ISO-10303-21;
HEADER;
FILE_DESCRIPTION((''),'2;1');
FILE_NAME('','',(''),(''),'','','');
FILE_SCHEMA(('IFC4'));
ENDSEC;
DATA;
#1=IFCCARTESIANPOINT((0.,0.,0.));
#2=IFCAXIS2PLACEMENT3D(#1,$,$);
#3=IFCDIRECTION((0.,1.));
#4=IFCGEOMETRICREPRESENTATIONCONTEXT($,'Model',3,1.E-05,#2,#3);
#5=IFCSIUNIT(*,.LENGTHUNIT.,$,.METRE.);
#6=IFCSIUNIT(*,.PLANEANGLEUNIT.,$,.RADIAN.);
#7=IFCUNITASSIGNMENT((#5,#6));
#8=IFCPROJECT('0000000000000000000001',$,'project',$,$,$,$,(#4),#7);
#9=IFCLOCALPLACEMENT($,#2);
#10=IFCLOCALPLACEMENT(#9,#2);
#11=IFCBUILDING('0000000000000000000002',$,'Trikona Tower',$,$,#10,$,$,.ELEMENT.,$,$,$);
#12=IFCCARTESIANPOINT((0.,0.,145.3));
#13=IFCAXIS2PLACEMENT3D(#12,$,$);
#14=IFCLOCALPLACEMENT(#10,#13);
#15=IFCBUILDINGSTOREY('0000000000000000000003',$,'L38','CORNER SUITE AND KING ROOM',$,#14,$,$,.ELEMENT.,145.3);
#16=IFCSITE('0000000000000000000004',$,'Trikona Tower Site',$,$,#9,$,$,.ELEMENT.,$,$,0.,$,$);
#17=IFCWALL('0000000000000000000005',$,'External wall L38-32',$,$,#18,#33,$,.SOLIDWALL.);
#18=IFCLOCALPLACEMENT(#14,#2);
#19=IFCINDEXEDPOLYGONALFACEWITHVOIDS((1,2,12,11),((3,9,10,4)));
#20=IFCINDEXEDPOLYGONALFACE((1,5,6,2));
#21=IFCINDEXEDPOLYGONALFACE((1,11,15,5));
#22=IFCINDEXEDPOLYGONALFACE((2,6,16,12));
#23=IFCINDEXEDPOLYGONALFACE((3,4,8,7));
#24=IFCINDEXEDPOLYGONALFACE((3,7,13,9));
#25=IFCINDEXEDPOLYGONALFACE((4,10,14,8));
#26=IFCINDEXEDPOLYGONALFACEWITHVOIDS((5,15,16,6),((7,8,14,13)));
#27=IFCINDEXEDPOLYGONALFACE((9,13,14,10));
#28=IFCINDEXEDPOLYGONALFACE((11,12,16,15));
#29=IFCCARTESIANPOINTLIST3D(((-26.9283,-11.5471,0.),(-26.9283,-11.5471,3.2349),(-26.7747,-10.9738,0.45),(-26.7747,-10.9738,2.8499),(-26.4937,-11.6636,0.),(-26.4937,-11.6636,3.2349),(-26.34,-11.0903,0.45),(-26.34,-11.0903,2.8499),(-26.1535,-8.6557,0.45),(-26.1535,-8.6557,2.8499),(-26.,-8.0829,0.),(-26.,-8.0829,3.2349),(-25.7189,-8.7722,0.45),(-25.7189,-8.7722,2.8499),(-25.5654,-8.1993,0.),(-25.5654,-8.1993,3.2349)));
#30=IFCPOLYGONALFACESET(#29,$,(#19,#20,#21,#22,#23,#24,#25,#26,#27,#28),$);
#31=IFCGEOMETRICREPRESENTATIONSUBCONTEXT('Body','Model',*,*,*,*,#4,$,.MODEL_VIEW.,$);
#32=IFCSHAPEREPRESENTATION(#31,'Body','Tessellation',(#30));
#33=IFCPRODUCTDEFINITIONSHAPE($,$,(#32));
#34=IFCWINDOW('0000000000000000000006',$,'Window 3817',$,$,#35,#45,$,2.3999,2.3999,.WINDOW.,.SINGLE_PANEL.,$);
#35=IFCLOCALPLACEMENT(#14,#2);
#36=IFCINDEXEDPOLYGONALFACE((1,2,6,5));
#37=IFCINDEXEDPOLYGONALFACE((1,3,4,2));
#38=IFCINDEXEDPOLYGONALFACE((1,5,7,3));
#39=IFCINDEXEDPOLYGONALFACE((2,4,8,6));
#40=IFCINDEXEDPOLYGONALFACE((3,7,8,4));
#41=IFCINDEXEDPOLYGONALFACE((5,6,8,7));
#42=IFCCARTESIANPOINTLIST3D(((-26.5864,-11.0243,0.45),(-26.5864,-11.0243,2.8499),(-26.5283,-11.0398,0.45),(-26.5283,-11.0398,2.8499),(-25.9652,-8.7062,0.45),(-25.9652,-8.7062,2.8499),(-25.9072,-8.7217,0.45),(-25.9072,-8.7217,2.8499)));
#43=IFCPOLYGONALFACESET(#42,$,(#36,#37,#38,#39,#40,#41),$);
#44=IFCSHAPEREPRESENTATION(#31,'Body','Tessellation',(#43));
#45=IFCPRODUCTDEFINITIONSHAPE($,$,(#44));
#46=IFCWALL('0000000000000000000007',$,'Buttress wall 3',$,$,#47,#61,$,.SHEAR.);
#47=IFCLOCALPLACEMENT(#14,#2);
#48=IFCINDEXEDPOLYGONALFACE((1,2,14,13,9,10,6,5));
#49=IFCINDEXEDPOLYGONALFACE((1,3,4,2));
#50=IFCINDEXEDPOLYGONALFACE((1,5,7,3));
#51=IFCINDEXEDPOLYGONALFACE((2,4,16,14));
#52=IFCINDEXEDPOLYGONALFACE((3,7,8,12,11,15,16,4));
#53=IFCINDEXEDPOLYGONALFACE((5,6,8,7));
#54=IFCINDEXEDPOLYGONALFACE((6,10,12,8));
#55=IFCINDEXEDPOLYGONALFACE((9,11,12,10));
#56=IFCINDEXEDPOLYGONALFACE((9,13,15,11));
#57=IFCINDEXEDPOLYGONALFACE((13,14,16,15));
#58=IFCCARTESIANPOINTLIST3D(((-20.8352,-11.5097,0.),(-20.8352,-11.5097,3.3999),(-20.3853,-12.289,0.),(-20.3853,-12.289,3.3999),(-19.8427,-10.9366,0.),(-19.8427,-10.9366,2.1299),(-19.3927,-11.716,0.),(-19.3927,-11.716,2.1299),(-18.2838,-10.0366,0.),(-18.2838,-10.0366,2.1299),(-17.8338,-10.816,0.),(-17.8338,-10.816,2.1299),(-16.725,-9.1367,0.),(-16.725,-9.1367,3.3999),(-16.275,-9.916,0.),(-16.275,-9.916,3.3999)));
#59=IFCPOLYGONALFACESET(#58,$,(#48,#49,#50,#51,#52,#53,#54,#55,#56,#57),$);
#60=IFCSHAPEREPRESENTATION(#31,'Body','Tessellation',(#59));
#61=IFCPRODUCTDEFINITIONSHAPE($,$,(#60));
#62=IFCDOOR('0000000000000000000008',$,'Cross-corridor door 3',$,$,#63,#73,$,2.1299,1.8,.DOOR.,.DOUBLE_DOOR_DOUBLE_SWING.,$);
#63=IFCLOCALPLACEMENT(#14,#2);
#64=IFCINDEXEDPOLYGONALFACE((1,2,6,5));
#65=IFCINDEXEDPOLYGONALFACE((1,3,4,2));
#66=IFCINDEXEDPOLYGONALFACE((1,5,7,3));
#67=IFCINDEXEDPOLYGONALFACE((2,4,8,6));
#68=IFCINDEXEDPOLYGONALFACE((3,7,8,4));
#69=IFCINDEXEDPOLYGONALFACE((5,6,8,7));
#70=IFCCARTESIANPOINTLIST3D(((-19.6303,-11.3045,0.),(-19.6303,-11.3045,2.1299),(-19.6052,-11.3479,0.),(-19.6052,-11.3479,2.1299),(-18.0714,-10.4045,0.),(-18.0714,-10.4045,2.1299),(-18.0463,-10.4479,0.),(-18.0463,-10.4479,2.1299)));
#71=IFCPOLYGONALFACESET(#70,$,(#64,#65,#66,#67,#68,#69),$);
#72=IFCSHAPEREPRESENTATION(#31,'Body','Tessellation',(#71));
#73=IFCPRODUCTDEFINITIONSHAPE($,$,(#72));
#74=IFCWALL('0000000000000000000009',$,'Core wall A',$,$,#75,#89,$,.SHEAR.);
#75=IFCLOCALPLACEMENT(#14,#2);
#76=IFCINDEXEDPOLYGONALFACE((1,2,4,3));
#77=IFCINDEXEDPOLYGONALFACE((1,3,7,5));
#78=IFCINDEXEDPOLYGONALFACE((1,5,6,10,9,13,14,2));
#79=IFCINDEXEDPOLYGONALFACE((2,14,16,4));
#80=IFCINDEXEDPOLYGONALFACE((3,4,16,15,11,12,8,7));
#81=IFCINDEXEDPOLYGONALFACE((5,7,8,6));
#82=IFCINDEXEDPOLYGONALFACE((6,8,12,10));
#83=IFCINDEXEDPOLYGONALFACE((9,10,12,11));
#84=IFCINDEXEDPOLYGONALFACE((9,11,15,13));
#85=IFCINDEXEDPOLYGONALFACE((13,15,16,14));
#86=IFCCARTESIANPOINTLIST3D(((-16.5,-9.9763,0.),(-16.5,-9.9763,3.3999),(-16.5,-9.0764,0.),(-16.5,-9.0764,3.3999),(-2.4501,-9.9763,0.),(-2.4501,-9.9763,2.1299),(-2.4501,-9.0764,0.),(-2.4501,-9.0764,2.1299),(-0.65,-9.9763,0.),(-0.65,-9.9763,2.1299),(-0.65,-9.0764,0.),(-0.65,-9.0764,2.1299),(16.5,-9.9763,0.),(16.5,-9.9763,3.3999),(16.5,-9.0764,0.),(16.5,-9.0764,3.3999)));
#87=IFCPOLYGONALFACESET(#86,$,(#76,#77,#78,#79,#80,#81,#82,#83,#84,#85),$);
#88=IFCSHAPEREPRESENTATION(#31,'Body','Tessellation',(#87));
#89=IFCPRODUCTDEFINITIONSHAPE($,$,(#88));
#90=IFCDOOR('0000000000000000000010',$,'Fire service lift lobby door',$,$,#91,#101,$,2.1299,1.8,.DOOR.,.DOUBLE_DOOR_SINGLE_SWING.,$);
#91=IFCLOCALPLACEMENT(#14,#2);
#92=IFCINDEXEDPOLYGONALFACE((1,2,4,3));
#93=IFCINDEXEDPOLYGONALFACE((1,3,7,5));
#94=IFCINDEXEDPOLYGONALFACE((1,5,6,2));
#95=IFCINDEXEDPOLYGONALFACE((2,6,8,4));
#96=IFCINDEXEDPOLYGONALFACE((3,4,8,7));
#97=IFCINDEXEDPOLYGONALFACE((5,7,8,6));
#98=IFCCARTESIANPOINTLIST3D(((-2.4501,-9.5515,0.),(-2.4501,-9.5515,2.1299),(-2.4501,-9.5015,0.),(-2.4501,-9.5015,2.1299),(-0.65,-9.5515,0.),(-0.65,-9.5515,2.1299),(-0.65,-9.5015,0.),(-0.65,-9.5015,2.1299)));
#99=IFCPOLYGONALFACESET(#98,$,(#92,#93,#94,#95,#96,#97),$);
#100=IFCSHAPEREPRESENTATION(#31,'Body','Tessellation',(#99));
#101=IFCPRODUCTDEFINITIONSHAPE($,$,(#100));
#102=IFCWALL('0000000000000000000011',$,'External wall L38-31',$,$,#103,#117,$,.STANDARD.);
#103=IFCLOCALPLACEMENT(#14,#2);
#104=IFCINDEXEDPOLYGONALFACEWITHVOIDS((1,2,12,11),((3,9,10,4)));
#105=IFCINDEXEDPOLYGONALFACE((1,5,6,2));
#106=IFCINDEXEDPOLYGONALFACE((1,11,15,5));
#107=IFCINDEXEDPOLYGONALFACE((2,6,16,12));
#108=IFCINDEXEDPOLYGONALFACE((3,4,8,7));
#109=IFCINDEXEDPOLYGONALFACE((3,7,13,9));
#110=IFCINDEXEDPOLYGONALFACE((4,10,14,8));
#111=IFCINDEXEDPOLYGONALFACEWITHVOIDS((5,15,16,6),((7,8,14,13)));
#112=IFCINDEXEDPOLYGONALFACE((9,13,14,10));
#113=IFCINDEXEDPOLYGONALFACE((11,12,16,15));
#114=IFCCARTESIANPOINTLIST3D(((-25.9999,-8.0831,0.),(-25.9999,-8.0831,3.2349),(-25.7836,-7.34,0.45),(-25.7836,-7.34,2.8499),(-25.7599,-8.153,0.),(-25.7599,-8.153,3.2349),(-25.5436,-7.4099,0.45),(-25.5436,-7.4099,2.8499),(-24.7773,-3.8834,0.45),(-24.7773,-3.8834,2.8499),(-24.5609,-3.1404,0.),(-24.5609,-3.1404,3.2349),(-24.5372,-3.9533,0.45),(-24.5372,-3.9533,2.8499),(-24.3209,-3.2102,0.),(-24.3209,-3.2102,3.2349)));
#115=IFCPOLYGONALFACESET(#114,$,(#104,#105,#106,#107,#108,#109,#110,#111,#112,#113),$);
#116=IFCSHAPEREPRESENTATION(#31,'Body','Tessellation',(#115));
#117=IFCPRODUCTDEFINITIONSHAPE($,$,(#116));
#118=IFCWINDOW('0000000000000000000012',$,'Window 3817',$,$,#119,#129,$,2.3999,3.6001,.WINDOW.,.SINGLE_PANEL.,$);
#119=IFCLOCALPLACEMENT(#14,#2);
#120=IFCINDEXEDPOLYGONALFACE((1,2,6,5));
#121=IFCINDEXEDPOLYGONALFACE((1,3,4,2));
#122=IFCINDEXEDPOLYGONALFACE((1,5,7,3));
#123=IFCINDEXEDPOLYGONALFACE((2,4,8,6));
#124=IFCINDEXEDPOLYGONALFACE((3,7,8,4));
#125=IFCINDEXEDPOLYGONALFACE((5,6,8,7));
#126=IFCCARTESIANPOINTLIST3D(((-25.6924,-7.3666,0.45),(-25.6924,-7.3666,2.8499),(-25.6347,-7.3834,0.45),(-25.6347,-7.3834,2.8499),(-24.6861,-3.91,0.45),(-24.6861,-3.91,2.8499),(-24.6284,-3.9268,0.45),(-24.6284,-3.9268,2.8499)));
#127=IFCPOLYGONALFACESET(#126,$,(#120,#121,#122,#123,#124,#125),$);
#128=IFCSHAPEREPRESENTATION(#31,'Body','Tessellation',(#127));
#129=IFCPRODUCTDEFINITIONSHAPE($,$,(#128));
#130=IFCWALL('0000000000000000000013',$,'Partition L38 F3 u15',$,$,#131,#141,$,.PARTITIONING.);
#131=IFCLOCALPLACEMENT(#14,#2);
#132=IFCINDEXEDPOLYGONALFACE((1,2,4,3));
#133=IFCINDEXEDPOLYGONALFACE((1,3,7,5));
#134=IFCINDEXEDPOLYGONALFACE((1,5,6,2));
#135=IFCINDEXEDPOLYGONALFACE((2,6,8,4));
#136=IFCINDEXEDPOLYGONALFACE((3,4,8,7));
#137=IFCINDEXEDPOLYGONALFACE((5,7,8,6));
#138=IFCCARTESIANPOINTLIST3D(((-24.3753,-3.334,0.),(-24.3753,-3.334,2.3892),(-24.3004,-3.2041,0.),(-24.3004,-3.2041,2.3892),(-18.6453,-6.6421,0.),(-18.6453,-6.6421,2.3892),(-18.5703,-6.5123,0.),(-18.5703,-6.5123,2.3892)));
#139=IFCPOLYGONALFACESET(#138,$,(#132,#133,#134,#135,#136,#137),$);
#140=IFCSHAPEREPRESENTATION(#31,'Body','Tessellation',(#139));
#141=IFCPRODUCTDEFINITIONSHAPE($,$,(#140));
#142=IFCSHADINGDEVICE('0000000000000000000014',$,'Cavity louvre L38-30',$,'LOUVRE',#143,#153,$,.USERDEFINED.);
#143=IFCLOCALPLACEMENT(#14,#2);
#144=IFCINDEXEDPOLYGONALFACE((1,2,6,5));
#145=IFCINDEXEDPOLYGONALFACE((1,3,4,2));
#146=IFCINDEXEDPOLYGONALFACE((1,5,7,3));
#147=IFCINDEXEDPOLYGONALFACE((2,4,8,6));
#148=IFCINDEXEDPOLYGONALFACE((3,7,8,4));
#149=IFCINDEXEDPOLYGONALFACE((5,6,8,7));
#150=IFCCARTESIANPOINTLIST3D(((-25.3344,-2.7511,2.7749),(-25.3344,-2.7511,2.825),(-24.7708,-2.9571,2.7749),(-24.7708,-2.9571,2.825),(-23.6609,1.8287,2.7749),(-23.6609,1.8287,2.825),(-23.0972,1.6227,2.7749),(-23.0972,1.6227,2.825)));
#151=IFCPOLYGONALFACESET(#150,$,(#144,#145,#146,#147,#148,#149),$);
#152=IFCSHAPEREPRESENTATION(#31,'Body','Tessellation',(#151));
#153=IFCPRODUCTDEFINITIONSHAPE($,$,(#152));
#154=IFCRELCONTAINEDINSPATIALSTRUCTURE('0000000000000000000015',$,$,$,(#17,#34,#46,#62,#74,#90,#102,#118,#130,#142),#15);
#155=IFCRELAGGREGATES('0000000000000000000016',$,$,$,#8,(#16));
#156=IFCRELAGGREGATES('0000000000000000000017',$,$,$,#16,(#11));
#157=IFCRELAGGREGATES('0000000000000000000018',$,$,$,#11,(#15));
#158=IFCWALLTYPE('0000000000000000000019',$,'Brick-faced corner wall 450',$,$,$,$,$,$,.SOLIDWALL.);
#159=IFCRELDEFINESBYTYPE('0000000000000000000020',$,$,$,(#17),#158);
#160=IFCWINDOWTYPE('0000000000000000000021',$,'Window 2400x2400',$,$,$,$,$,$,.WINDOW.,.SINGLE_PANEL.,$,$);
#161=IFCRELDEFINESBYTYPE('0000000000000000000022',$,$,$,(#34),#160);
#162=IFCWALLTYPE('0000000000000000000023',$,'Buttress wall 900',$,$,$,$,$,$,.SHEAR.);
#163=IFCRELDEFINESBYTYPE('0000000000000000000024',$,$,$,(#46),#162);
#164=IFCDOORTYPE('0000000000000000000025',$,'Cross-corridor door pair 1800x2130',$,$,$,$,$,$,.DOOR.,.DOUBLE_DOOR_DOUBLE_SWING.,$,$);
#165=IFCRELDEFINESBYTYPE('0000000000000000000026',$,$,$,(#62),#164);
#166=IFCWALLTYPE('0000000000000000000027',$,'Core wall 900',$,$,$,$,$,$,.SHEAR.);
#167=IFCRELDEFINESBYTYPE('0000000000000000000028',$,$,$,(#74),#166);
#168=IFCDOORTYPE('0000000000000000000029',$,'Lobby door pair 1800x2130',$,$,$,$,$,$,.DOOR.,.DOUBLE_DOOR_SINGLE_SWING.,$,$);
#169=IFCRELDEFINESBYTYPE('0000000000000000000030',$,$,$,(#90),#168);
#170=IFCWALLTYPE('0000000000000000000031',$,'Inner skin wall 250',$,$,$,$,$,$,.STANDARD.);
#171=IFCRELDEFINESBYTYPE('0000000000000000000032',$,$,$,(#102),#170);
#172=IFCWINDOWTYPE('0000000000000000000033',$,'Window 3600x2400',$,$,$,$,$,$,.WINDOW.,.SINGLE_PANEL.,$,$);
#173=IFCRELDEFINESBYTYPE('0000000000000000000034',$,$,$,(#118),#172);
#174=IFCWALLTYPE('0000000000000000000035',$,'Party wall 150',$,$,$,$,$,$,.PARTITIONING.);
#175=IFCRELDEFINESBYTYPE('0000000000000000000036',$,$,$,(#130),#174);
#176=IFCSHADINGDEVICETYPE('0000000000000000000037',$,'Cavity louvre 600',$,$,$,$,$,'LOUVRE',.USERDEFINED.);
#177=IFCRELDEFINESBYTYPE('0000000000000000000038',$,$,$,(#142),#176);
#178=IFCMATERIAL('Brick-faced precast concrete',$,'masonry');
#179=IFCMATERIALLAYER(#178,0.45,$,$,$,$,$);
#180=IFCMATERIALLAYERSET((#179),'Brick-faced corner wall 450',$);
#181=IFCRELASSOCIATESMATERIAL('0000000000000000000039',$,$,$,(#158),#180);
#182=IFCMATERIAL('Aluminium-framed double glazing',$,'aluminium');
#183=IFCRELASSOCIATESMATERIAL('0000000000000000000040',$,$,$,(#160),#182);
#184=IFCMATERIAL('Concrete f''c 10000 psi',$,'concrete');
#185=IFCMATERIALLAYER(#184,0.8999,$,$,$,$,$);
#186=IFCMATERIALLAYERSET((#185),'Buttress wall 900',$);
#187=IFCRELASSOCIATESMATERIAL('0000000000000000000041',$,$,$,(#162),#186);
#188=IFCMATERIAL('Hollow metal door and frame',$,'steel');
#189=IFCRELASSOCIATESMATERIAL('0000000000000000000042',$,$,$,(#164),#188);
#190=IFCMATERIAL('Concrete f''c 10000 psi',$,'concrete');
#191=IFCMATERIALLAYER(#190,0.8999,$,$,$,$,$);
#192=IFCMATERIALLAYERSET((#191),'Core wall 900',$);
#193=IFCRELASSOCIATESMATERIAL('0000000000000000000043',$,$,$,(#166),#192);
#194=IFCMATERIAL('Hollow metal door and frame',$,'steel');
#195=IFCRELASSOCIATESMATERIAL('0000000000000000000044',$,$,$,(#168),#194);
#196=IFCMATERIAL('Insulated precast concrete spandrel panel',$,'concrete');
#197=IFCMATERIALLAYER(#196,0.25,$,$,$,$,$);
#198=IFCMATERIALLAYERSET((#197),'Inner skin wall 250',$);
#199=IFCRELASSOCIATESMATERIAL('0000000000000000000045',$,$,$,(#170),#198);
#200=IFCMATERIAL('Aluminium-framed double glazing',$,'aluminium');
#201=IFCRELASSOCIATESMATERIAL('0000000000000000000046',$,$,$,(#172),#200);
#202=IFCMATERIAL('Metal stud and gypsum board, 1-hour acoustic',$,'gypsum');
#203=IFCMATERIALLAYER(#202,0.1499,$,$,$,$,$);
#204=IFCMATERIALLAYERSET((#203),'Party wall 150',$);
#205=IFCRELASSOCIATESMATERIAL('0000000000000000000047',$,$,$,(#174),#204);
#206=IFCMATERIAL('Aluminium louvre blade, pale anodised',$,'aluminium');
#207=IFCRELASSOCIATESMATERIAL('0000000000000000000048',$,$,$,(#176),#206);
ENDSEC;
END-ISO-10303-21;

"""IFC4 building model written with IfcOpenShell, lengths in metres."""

from ifc_helpers import new_model, si_unit, direction, frame, frame_2d, origin, origin_2d, place, context, subcontext, project, spatial, rectangle, extrude, material, layer, layer_set, type_object, element, fill, save


model = new_model("IFC4")

# Units and contexts
model_context = context("Model", 3, precision=1e-05, world=origin(), true_north=direction((0.0, 1.0)))
body_context = subcontext(model_context, "Body", "Model", "MODEL_VIEW")
ifc_project = project(units=[si_unit("LENGTHUNIT", "METRE"), si_unit("PLANEANGLEUNIT", "RADIAN")], contexts=[model_context])

# Site, building, storey
site_placement = place(None, origin())
site = spatial("IfcSite", under=ifc_project, at=site_placement, Name="Trikona Tower Site", CompositionType="ELEMENT", RefElevation=0.0)
building_placement = place(site_placement, origin())
building = spatial("IfcBuilding", under=site, at=building_placement, Name="Trikona Tower", CompositionType="ELEMENT")
storey_placement = place(building_placement, frame((0.0, 0.0, 145.3)))
storey = spatial("IfcBuildingStorey", under=building, at=storey_placement, Name="L38", Description="CORNER SUITE AND KING ROOM", CompositionType="ELEMENT", Elevation=145.3)

# Wall, opening, window
ifc_material_1 = material(Name="Brick-faced precast concrete", Category="masonry")
ifc_layer_1 = layer(ifc_material_1, 0.45)
ifc_layer_set_1 = layer_set([ifc_layer_1], Name="Brick-faced corner wall 450")
wall_type_1 = type_object("IfcWallType", Name="Brick-faced corner wall 450", PredefinedType="SOLIDWALL", material=ifc_layer_set_1)
wall_1_placement = place(storey_placement, frame((-25.7827, -8.1411, 0.0), z_axis=(0.0, 0.0, 1.0), x_axis=(-0.258823, -0.965925, 0.0)))
wall_1 = element("IfcWall", 1, at=wall_1_placement, inside=storey, type_object=wall_type_1, Name="External wall L38-32", PredefinedType="SOLIDWALL", context=body_context, shape_type="SweptSolid", body=[
    extrude(rectangle(XDim=3.5864, YDim=0.45, at=frame_2d((1.7932, 0.0))), origin(), (0.0, 0.0, 1.0), 3.2349),
])
opening_1_placement = place(wall_1_placement, frame((0.593, 0.0, 0.45)))
opening_1 = element("IfcOpeningElement", 2, at=opening_1_placement, cuts=wall_1, PredefinedType="OPENING", context=body_context, shape_type="SweptSolid", body=[
    extrude(rectangle(XDim=2.3999, YDim=2.3999, at=frame_2d((1.2, 1.2))), frame((0.0, 0.2349, 0.0), z_axis=(0.0, -1.0, 0.0), x_axis=(1.0, 0.0, 0.0)), (0.0, 0.0, 1.0), 0.47),
])
ifc_material_2 = material(Name="Aluminium-framed double glazing", Category="aluminium")
window_type_1 = type_object("IfcWindowType", Name="Window 2400x2400", PartitioningType="SINGLE_PANEL", PredefinedType="WINDOW", material=ifc_material_2)
window_1_placement = place(opening_1_placement, origin())
window_1 = element("IfcWindow", 3, at=window_1_placement, inside=storey, type_object=window_type_1, Name="Window 3817", OverallHeight=2.3999, OverallWidth=2.3999, PartitioningType="SINGLE_PANEL", PredefinedType="WINDOW", context=body_context, shape_type="SweptSolid", body=[
    extrude(rectangle(XDim=2.3999, YDim=2.3999, at=frame_2d((1.2, 1.2))), frame((0.0, 0.03, 0.0), z_axis=(0.0, -1.0, 0.0), x_axis=(1.0, 0.0, 0.0)), (0.0, 0.0, 1.0), 0.0601),
])
fill(opening_1, window_1)

# Walls, openings, doors
ifc_material_3 = material(Name="Concrete f'c 10000 psi", Category="concrete")
ifc_layer_2 = layer(ifc_material_3, 0.8999)
ifc_layer_set_2 = layer_set([ifc_layer_2], Name="Buttress wall 900")
wall_type_2 = type_object("IfcWallType", Name="Buttress wall 900", PredefinedType="SHEAR", material=ifc_layer_set_2)
wall_2_placement = place(storey_placement, frame((-16.5, -9.5264, 0.0), z_axis=(0.0, 0.0, 1.0), x_axis=(-0.866031, -0.49999, 0.0)))
wall_2 = element("IfcWall", 4, at=wall_2_placement, inside=storey, type_object=wall_type_2, Name="Buttress wall 3", PredefinedType="SHEAR", context=body_context, shape_type="SweptSolid", body=[
    extrude(rectangle(XDim=4.7461, YDim=0.8999, at=frame_2d((2.373, 0.0))), origin(), (0.0, 0.0, 1.0), 3.3999),
])
opening_2_placement = place(wall_2_placement, frame((1.8, 0.0, 0.0)))
opening_2 = element("IfcOpeningElement", 5, at=opening_2_placement, cuts=wall_2, PredefinedType="OPENING", context=body_context, shape_type="SweptSolid", body=[
    extrude(rectangle(XDim=1.8, YDim=2.1299, at=frame_2d((0.8999, 1.0649))), frame((0.0, 0.46, 0.0), z_axis=(0.0, -1.0, 0.0), x_axis=(1.0, 0.0, 0.0)), (0.0, 0.0, 1.0), 0.9199),
])
ifc_material_4 = material(Name="Hollow metal door and frame", Category="steel")
door_type_1 = type_object("IfcDoorType", Name="Cross-corridor door pair 1800x2130", OperationType="DOUBLE_DOOR_DOUBLE_SWING", PredefinedType="DOOR", material=ifc_material_4)
door_1_placement = place(opening_2_placement, origin())
door_1 = element("IfcDoor", 6, at=door_1_placement, inside=storey, type_object=door_type_1, Name="Cross-corridor door 3", OperationType="DOUBLE_DOOR_DOUBLE_SWING", OverallHeight=2.1299, OverallWidth=1.8, PredefinedType="DOOR", context=body_context, shape_type="SweptSolid", body=[
    extrude(rectangle(XDim=1.8, YDim=2.1299, at=frame_2d((0.8999, 1.0649))), frame((0.0, 0.0249, 0.0), z_axis=(0.0, -1.0, 0.0), x_axis=(1.0, 0.0, 0.0)), (0.0, 0.0, 1.0), 0.05),
])
fill(opening_2, door_1)
ifc_material_5 = material(Name="Concrete f'c 10000 psi", Category="concrete")
ifc_layer_3 = layer(ifc_material_5, 0.8999)
ifc_layer_set_3 = layer_set([ifc_layer_3], Name="Core wall 900")
wall_type_3 = type_object("IfcWallType", Name="Core wall 900", PredefinedType="SHEAR", material=ifc_layer_set_3)
wall_3_placement = place(storey_placement, frame((-16.5, -9.5264, 0.0), z_axis=(0.0, 0.0, 1.0), x_axis=(1.0, 0.0, 0.0)))
wall_3 = element("IfcWall", 7, at=wall_3_placement, inside=storey, type_object=wall_type_3, Name="Core wall A", PredefinedType="SHEAR", context=body_context, shape_type="SweptSolid", body=[
    extrude(rectangle(XDim=33.0, YDim=0.8999, at=frame_2d((16.5, 0.0))), origin(), (0.0, 0.0, 1.0), 3.3999),
])
opening_3_placement = place(wall_3_placement, frame((14.05, 0.0, 0.0)))
opening_3 = element("IfcOpeningElement", 8, at=opening_3_placement, cuts=wall_3, PredefinedType="OPENING", context=body_context, shape_type="SweptSolid", body=[
    extrude(rectangle(XDim=1.8, YDim=2.1299, at=frame_2d((0.8999, 1.0649))), frame((0.0, 0.46, 0.0), z_axis=(0.0, -1.0, 0.0), x_axis=(1.0, 0.0, 0.0)), (0.0, 0.0, 1.0), 0.9199),
])
ifc_material_6 = material(Name="Hollow metal door and frame", Category="steel")
door_type_2 = type_object("IfcDoorType", Name="Lobby door pair 1800x2130", OperationType="DOUBLE_DOOR_SINGLE_SWING", PredefinedType="DOOR", material=ifc_material_6)
door_2_placement = place(opening_3_placement, origin())
door_2 = element("IfcDoor", 9, at=door_2_placement, inside=storey, type_object=door_type_2, Name="Fire service lift lobby door", OperationType="DOUBLE_DOOR_SINGLE_SWING", OverallHeight=2.1299, OverallWidth=1.8, PredefinedType="DOOR", context=body_context, shape_type="SweptSolid", body=[
    extrude(rectangle(XDim=1.8, YDim=2.1299, at=frame_2d((0.8999, 1.0649))), frame((0.0, 0.0249, 0.0), z_axis=(0.0, -1.0, 0.0), x_axis=(1.0, 0.0, 0.0)), (0.0, 0.0, 1.0), 0.05),
])
fill(opening_3, door_2)

# Wall, opening, window
ifc_material_7 = material(Name="Insulated precast concrete spandrel panel", Category="concrete")
ifc_layer_4 = layer(ifc_material_7, 0.25)
ifc_layer_set_4 = layer_set([ifc_layer_4], Name="Inner skin wall 250")
wall_type_4 = type_object("IfcWallType", Name="Inner skin wall 250", PredefinedType="STANDARD", material=ifc_layer_set_4)
wall_4_placement = place(storey_placement, frame((-24.4409, -3.1753, 0.0), z_axis=(0.0, 0.0, 1.0), x_axis=(-0.279528, -0.960137, 0.0)))
wall_4 = element("IfcWall", 10, at=wall_4_placement, inside=storey, type_object=wall_type_4, Name="External wall L38-31", PredefinedType="STANDARD", context=body_context, shape_type="SweptSolid", body=[
    extrude(rectangle(XDim=5.1479, YDim=0.25, at=frame_2d((2.574, 0.0))), origin(), (0.0, 0.0, 1.0), 3.2349),
])
opening_4_placement = place(wall_4_placement, frame((0.7739, 0.0, 0.45)))
opening_4 = element("IfcOpeningElement", 11, at=opening_4_placement, cuts=wall_4, PredefinedType="OPENING", context=body_context, shape_type="SweptSolid", body=[
    extrude(rectangle(XDim=3.6001, YDim=2.3999, at=frame_2d((1.8, 1.2))), frame((0.0, 0.135, 0.0), z_axis=(0.0, -1.0, 0.0), x_axis=(1.0, 0.0, 0.0)), (0.0, 0.0, 1.0), 0.27),
])
ifc_material_8 = material(Name="Aluminium-framed double glazing", Category="aluminium")
window_type_2 = type_object("IfcWindowType", Name="Window 3600x2400", PartitioningType="SINGLE_PANEL", PredefinedType="WINDOW", material=ifc_material_8)
window_2_placement = place(opening_4_placement, origin())
window_2 = element("IfcWindow", 12, at=window_2_placement, inside=storey, type_object=window_type_2, Name="Window 3817", OverallHeight=2.3999, OverallWidth=3.6001, PartitioningType="SINGLE_PANEL", PredefinedType="WINDOW", context=body_context, shape_type="SweptSolid", body=[
    extrude(rectangle(XDim=3.6001, YDim=2.3999, at=frame_2d((1.8, 1.2))), frame((0.0, 0.03, 0.0), z_axis=(0.0, -1.0, 0.0), x_axis=(1.0, 0.0, 0.0)), (0.0, 0.0, 1.0), 0.0601),
])
fill(opening_4, window_2)

# Wall
ifc_material_9 = material(Name="Metal stud and gypsum board, 1-hour acoustic", Category="gypsum")
ifc_layer_5 = layer(ifc_material_9, 0.1499)
ifc_layer_set_5 = layer_set([ifc_layer_5], Name="Party wall 150")
wall_type_5 = type_object("IfcWallType", Name="Party wall 150", PredefinedType="PARTITIONING", material=ifc_layer_set_5)
wall_5_placement = place(storey_placement, frame((-18.6079, -6.5771, 0.0), z_axis=(0.0, 0.0, 1.0), x_axis=(-0.866032, 0.499989, 0.0)))
element("IfcWall", 13, at=wall_5_placement, inside=storey, type_object=wall_type_5, Name="Partition L38 F3 u15", PredefinedType="PARTITIONING", context=body_context, shape_type="SweptSolid", body=[
    extrude(rectangle(XDim=6.6165, YDim=0.1499, at=frame_2d((3.3081, 0.0))), origin(), (0.0, 0.0, 1.0), 2.3892),
])

# Shading device
ifc_material_10 = material(Name="Aluminium louvre blade, pale anodised", Category="aluminium")
shading_device_type = type_object("IfcShadingDeviceType", Name="Cavity louvre 600", ElementType="LOUVRE", PredefinedType="USERDEFINED", material=ifc_material_10)
shading_device_1_placement = place(storey_placement, frame((-24.2158, -0.5642, 2.7749), z_axis=(0.0, 0.0, 1.0), x_axis=(-0.34322, -0.939255, 0.0)))
element("IfcShadingDevice", 14, at=shading_device_1_placement, inside=storey, type_object=shading_device_type, Name="Cavity louvre L38-30", ObjectType="LOUVRE", PredefinedType="USERDEFINED", context=body_context, shape_type="SweptSolid", body=[
    extrude(rectangle(XDim=4.876, YDim=0.6001, at=origin_2d()), origin(), (0.0, 0.0, 1.0), 0.05),
])

save(model, "model.ifc")
